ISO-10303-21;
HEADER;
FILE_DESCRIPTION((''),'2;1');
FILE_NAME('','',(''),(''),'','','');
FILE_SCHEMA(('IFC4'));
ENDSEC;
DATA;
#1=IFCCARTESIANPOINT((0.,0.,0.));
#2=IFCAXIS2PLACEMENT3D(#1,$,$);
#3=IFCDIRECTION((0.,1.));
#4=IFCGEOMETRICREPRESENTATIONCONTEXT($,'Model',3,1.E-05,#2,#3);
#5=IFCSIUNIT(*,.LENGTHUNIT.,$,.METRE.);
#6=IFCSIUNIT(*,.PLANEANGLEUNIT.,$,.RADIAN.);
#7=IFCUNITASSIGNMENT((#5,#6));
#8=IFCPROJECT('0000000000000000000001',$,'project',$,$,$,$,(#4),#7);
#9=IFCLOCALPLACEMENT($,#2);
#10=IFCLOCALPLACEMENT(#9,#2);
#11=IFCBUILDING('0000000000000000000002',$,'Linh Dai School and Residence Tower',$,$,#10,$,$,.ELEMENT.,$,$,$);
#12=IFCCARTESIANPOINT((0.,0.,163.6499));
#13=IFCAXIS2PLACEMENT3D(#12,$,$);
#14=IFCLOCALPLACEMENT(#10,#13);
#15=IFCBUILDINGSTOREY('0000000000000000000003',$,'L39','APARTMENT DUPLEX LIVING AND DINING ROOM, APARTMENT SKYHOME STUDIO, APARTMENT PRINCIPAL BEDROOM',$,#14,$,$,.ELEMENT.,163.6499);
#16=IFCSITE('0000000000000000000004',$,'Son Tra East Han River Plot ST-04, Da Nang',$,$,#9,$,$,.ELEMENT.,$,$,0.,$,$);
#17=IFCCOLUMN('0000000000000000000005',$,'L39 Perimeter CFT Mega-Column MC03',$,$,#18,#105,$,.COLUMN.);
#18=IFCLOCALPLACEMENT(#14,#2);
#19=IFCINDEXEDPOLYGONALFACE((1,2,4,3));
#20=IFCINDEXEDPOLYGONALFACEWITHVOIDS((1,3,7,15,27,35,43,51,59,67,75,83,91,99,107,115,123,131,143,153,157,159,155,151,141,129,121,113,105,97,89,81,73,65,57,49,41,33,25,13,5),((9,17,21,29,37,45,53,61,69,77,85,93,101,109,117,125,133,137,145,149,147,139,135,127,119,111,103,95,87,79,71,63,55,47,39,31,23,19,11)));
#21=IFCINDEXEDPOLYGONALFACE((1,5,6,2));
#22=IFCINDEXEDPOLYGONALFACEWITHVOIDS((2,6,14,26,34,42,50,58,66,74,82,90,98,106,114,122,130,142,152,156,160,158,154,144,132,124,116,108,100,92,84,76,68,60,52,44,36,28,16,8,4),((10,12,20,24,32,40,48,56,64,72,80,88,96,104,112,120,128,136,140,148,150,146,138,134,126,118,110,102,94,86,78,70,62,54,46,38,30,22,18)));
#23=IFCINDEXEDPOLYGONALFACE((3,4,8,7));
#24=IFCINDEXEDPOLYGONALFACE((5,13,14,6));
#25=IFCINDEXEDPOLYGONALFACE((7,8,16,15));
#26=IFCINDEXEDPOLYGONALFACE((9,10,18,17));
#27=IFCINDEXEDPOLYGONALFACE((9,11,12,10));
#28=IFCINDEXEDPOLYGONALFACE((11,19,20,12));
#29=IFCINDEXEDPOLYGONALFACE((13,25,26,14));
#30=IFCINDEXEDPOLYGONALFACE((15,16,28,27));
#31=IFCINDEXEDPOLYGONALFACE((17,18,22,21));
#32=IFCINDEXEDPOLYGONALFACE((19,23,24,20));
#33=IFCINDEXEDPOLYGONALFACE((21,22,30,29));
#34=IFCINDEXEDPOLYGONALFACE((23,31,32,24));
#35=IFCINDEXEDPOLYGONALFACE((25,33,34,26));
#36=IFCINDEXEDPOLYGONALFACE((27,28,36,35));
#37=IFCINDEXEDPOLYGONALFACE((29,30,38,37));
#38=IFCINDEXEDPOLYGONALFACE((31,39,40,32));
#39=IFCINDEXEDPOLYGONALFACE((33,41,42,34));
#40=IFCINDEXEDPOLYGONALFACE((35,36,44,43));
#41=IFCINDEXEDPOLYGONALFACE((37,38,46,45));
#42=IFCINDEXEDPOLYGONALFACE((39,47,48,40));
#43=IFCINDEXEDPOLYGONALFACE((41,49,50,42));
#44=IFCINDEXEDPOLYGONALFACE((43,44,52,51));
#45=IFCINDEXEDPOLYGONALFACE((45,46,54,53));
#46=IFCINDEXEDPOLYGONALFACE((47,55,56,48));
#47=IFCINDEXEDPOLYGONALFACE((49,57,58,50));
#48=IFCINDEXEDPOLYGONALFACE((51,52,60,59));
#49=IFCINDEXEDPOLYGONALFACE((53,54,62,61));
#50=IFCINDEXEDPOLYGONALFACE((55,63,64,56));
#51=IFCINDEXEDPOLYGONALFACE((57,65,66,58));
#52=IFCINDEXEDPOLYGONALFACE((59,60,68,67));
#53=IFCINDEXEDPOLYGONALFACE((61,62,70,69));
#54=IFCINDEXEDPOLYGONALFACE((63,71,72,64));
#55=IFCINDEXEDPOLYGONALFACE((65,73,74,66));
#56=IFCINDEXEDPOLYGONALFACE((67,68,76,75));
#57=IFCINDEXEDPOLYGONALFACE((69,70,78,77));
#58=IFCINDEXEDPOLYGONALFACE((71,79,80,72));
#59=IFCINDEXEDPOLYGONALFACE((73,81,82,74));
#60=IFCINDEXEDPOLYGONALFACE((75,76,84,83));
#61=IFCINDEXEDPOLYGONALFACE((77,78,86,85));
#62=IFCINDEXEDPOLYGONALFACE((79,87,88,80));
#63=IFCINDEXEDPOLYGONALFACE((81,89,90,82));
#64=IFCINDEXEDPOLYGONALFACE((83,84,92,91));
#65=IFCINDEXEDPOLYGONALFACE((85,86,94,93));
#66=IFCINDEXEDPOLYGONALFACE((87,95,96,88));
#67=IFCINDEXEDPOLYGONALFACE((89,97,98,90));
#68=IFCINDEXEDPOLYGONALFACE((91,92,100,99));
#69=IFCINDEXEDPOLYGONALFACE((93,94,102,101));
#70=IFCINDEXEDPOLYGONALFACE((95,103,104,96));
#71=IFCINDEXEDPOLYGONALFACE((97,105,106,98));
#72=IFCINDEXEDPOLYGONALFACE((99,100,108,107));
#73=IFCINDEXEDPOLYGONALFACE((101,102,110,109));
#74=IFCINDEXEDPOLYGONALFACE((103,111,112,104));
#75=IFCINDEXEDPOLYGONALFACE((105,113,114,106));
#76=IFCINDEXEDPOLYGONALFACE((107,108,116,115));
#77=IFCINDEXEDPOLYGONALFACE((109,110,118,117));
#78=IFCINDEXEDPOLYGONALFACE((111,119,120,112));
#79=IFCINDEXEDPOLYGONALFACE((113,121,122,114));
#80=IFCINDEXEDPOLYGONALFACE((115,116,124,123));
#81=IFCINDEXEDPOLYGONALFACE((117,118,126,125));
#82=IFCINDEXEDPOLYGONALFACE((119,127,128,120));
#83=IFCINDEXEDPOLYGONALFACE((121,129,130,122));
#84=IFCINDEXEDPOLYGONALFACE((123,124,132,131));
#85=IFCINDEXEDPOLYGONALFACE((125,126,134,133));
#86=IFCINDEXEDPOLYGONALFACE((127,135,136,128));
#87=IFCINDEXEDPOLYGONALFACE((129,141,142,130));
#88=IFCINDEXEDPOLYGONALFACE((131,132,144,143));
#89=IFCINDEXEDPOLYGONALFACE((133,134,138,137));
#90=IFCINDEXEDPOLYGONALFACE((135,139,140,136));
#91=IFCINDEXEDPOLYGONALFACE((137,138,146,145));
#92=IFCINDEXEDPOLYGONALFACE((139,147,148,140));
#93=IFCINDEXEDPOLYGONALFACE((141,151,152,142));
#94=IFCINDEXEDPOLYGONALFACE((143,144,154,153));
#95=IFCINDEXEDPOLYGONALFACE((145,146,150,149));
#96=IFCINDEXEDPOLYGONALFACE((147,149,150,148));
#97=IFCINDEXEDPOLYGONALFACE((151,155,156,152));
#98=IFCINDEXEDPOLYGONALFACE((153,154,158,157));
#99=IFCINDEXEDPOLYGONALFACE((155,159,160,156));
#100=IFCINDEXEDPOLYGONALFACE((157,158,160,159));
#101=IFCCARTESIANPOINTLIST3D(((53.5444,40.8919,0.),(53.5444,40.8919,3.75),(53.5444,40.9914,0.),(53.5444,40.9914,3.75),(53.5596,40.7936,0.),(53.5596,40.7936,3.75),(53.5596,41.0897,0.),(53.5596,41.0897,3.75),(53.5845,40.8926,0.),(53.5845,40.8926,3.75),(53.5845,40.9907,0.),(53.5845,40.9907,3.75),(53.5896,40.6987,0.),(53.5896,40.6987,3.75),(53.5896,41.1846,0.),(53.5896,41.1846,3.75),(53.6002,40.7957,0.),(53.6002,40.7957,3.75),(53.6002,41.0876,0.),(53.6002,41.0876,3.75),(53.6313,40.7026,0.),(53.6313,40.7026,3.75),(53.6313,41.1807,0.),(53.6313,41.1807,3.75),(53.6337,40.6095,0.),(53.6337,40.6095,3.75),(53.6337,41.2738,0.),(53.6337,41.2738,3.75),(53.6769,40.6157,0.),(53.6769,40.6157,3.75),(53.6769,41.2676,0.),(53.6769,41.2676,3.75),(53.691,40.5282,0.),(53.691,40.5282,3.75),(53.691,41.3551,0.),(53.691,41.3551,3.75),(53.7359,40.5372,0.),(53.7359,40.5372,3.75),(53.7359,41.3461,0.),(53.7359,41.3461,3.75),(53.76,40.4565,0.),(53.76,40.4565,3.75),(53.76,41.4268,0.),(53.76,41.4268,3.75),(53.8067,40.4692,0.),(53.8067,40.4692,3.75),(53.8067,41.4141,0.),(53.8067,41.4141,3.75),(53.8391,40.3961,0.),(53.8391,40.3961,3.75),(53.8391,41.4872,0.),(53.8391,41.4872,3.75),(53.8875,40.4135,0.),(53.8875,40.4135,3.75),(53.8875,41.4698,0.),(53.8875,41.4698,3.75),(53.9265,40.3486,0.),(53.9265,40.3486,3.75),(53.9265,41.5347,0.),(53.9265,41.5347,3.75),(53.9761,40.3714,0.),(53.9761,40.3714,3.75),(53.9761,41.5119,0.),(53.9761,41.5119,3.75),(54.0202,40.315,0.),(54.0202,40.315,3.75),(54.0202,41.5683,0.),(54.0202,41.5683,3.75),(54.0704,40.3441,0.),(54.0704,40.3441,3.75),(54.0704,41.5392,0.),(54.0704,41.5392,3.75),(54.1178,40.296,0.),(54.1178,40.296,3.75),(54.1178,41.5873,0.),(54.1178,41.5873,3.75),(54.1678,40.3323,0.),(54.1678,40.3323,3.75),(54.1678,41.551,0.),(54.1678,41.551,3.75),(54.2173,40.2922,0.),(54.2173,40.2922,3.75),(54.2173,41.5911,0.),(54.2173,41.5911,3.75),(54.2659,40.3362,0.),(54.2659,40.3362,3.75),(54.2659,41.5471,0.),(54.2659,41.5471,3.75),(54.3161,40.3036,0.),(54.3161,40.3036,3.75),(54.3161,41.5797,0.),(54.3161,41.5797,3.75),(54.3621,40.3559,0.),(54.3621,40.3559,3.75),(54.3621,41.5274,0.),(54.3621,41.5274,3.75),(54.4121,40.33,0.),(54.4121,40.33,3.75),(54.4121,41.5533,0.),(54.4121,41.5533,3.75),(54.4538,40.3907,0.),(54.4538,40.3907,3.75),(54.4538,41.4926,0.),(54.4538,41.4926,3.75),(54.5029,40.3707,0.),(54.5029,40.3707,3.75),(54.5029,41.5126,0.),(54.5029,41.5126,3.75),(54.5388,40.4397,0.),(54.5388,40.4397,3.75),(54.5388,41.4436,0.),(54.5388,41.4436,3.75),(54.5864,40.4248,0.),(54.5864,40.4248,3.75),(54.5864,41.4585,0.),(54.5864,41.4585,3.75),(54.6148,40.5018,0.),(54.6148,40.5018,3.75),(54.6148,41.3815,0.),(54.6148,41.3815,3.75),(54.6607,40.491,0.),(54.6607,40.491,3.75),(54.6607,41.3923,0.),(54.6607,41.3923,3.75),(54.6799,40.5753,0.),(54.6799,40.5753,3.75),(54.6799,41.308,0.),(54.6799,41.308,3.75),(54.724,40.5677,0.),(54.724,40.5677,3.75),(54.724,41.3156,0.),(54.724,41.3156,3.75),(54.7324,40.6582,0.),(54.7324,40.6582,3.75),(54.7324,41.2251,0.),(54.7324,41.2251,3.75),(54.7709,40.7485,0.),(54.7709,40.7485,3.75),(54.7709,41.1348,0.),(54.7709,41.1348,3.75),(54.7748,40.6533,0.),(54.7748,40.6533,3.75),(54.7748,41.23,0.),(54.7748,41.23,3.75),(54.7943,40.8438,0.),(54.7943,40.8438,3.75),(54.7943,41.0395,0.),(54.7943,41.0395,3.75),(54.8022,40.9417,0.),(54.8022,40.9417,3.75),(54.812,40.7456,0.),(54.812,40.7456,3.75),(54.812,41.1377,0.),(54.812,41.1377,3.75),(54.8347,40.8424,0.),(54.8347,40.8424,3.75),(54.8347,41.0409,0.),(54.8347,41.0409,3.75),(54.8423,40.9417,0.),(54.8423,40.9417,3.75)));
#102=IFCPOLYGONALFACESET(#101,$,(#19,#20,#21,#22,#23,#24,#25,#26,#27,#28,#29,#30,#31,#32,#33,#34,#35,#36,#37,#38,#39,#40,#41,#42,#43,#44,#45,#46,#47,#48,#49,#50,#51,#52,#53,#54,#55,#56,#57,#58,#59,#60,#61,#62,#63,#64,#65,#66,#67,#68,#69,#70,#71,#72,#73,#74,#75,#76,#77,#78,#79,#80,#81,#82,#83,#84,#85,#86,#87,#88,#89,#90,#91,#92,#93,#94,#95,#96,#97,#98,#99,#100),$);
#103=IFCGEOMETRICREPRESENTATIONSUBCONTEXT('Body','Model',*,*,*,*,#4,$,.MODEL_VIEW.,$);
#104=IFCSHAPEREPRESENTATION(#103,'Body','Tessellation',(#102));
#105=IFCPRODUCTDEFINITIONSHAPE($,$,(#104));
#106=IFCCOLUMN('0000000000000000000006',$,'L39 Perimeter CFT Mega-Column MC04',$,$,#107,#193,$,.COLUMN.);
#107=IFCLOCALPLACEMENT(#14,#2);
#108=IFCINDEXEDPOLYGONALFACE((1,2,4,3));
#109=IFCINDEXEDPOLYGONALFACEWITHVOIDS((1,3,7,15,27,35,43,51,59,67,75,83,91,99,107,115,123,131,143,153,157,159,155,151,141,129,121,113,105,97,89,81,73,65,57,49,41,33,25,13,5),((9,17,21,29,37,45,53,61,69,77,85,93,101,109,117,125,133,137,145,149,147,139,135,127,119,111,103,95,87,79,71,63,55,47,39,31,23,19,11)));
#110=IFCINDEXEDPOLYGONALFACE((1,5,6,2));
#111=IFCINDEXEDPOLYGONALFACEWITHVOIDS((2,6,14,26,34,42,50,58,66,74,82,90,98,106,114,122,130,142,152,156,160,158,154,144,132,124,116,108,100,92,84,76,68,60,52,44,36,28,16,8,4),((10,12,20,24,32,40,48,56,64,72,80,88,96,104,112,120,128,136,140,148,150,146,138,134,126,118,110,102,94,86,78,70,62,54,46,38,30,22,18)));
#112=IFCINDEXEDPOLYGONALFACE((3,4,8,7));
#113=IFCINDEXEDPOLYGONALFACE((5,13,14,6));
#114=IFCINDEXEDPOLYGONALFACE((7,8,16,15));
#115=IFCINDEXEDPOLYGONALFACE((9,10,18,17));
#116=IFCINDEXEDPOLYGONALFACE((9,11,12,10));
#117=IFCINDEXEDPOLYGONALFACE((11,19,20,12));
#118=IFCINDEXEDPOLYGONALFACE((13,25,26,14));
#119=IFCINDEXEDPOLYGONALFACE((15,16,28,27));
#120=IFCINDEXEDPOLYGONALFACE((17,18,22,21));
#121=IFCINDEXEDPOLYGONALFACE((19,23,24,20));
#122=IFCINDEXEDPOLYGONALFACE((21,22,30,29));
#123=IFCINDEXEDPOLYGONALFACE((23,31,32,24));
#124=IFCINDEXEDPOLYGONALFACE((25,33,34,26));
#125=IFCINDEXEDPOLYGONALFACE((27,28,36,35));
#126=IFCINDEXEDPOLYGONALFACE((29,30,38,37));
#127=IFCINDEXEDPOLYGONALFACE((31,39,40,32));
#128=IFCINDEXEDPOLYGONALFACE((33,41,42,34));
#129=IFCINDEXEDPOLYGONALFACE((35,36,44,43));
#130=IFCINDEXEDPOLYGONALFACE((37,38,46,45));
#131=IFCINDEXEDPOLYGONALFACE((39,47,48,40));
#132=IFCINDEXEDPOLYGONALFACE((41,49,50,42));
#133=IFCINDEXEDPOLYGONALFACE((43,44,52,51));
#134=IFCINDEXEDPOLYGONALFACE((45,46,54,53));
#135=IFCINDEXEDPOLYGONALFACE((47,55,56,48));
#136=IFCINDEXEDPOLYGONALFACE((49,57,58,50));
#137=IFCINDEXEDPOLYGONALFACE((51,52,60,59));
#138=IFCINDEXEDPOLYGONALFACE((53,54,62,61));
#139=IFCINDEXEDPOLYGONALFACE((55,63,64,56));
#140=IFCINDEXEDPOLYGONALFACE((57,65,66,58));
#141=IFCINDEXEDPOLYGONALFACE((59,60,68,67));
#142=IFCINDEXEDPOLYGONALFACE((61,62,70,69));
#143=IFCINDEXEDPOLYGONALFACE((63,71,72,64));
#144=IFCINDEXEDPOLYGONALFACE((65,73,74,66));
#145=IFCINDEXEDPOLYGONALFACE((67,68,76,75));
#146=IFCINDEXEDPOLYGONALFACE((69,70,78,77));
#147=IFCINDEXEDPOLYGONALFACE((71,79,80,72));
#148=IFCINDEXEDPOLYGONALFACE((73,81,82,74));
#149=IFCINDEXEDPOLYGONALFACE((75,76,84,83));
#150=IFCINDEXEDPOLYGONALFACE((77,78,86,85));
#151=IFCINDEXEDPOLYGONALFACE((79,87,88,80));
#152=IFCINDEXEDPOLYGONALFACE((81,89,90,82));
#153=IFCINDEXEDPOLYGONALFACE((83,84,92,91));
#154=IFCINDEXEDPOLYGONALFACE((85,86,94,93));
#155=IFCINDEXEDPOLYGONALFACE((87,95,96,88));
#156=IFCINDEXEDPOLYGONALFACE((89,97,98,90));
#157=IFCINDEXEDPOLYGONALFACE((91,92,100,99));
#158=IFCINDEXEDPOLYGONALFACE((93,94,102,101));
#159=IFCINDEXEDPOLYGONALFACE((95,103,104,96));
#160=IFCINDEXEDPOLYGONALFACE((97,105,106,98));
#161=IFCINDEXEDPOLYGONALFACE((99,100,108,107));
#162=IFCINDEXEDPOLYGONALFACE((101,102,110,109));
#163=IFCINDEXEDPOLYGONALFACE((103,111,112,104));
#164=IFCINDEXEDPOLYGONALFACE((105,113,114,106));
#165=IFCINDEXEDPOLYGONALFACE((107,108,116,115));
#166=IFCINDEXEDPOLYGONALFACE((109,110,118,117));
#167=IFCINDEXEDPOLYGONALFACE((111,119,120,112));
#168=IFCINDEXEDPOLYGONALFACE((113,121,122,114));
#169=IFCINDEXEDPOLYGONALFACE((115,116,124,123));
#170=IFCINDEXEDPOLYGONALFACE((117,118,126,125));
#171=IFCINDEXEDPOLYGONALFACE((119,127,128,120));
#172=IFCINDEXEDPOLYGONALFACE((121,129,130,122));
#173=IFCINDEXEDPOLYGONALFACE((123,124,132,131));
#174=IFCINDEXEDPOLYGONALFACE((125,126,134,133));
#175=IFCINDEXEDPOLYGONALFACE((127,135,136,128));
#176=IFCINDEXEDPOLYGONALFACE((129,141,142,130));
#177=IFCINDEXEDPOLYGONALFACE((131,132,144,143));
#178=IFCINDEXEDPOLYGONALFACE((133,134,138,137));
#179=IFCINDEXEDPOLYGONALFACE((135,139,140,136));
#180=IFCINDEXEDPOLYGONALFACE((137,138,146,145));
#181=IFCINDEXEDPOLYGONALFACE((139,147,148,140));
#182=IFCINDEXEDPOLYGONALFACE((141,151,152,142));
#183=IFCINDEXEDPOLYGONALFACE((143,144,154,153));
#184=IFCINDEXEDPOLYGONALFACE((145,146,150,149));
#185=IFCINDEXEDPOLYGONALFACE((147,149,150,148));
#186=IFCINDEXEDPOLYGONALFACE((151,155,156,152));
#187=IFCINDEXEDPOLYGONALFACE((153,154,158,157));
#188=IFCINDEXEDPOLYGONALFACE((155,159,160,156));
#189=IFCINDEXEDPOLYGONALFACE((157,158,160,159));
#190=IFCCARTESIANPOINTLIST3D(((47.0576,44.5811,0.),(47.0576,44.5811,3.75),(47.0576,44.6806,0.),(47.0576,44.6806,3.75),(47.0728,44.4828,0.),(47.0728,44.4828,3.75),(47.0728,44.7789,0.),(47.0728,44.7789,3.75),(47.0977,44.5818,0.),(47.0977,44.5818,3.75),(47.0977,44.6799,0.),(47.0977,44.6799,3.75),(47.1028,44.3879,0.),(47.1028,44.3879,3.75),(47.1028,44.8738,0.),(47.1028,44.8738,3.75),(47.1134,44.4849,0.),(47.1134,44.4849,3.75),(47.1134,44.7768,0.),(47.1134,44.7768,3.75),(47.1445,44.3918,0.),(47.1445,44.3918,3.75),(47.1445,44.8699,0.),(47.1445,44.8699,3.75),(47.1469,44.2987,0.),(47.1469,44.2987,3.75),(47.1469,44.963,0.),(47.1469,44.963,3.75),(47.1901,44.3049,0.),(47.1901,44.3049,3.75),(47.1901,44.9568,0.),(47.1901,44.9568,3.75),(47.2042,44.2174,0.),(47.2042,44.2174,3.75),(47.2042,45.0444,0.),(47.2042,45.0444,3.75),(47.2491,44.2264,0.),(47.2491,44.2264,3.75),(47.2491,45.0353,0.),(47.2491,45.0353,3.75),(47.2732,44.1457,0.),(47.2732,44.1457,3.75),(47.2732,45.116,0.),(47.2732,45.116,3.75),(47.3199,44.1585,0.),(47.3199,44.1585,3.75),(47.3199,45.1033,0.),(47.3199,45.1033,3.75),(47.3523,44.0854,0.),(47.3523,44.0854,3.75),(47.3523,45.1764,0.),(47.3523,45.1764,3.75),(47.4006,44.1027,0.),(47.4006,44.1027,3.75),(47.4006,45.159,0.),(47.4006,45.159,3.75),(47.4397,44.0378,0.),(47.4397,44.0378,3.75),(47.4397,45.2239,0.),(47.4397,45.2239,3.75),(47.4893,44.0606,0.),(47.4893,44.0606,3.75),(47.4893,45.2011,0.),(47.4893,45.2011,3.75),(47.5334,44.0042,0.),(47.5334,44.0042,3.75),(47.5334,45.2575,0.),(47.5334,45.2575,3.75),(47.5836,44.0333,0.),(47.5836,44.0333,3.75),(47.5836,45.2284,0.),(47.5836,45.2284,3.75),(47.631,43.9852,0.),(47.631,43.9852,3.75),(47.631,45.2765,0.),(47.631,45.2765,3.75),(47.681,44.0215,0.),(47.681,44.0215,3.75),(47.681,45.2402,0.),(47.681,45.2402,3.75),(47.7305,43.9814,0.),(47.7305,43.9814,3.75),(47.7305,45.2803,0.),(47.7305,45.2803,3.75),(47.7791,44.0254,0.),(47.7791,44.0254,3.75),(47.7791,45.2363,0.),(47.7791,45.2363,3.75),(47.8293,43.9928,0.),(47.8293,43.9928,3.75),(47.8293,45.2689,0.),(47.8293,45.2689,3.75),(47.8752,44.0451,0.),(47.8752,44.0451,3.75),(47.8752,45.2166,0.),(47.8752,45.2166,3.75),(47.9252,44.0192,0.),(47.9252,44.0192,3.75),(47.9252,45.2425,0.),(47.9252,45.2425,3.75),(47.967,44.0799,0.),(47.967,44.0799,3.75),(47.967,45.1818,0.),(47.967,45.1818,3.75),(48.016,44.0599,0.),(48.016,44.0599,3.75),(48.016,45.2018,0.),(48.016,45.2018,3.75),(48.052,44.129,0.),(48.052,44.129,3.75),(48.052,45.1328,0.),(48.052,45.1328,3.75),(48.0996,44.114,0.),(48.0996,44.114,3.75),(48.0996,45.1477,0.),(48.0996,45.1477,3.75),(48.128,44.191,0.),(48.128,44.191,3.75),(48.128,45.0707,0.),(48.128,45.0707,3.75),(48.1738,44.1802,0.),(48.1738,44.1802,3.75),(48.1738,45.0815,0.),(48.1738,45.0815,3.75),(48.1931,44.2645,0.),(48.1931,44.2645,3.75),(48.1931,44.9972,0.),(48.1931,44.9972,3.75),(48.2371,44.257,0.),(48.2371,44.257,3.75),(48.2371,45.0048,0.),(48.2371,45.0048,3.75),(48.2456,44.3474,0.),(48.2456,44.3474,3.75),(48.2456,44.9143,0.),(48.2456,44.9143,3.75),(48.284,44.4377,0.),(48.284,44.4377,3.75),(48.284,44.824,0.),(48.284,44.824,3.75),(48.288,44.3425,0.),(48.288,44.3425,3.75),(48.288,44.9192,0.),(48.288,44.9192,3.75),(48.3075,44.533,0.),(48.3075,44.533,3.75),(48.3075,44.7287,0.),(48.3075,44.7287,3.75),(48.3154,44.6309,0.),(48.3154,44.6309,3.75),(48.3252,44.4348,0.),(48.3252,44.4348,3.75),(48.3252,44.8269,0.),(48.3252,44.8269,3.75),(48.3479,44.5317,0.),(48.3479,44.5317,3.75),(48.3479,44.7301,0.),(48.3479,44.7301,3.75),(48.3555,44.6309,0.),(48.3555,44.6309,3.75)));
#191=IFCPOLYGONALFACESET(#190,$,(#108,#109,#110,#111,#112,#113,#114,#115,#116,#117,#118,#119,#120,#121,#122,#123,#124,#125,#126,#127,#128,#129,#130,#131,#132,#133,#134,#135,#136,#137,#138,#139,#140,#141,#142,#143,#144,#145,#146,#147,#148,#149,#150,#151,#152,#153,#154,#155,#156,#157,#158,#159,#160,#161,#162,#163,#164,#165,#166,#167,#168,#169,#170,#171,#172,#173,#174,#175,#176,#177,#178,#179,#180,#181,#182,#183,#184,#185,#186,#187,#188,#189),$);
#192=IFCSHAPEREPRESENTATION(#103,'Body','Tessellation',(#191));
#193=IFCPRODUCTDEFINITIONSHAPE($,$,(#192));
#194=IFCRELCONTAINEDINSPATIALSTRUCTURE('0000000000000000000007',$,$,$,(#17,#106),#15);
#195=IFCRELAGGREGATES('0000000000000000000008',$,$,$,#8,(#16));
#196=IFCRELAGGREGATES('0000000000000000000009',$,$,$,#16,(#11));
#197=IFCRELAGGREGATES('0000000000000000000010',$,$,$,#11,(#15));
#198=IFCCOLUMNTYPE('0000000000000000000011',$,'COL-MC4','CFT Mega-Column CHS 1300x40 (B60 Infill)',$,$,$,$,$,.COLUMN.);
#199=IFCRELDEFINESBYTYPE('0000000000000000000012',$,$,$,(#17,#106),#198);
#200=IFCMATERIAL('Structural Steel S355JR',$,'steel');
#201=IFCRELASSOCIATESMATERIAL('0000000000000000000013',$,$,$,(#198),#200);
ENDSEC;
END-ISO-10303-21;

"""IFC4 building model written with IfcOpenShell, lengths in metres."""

from ifc_helpers import new_model, si_unit, direction, frame, origin, origin_2d, place, context, subcontext, project, spatial, hollow_circle, extrude, material, material_profile, profile_set, type_object, element, save


model = new_model("IFC4")

# Units and contexts
model_context = context("Model", 3, precision=1e-05, world=origin(), true_north=direction((0.0, 1.0)))
body_context = subcontext(model_context, "Body", "Model", "MODEL_VIEW")
ifc_project = project(units=[si_unit("LENGTHUNIT", "METRE"), si_unit("PLANEANGLEUNIT", "RADIAN")], contexts=[model_context])

# Site, building, storey
site_placement = place(None, origin())
site = spatial("IfcSite", under=ifc_project, at=site_placement, Name="Son Tra East Han River Plot ST-04, Da Nang", CompositionType="ELEMENT", RefElevation=0.0)
building_placement = place(site_placement, origin())
building = spatial("IfcBuilding", under=site, at=building_placement, Name="Linh Dai School and Residence Tower", CompositionType="ELEMENT")
storey_placement = place(building_placement, frame((0.0, 0.0, 163.6499)))
storey = spatial("IfcBuildingStorey", under=building, at=storey_placement, Name="L39", Description="APARTMENT DUPLEX LIVING AND DINING ROOM, APARTMENT SKYHOME STUDIO, APARTMENT PRINCIPAL BEDROOM", CompositionType="ELEMENT", Elevation=163.6499)

# Columns
ifc_material_1 = material(Name="Structural Steel S355JR", Category="steel")
ifc_material_profile_1 = material_profile(ifc_material_1, hollow_circle(Radius=0.6499, WallThickness=0.04, at=origin_2d()), Name="CHS 1300x40")
ifc_profile_set_1 = profile_set([ifc_material_profile_1], Name="Structural Steel S355JR")
column_type = type_object("IfcColumnType", Name="COL-MC4", Description="CFT Mega-Column CHS 1300x40 (B60 Infill)", PredefinedType="COLUMN", material=ifc_profile_set_1)
for number, where, z_axis, x_axis, name in (
    (1, (54.1924, 40.9417, 0.0), (0.0, 0.0, 1.0), (1.0, 0.0, 0.0), "L39 Perimeter CFT Mega-Column MC03"),
    (2, (47.7056, 44.6309, 0.0), (0.0, 0.0, 1.0), (1.0, 0.0, 0.0), "L39 Perimeter CFT Mega-Column MC04"),
):
    element("IfcColumn", number, at=place(storey_placement, frame(where, z_axis=z_axis, x_axis=x_axis)), inside=storey, type_object=column_type, Name=name, PredefinedType="COLUMN", context=body_context, shape_type="SweptSolid", body=[
        extrude(hollow_circle(Radius=0.6499, WallThickness=0.04, at=origin_2d()), origin(), (0.0, 0.0, 1.0), 3.75),
    ])

save(model, "model.ifc")
